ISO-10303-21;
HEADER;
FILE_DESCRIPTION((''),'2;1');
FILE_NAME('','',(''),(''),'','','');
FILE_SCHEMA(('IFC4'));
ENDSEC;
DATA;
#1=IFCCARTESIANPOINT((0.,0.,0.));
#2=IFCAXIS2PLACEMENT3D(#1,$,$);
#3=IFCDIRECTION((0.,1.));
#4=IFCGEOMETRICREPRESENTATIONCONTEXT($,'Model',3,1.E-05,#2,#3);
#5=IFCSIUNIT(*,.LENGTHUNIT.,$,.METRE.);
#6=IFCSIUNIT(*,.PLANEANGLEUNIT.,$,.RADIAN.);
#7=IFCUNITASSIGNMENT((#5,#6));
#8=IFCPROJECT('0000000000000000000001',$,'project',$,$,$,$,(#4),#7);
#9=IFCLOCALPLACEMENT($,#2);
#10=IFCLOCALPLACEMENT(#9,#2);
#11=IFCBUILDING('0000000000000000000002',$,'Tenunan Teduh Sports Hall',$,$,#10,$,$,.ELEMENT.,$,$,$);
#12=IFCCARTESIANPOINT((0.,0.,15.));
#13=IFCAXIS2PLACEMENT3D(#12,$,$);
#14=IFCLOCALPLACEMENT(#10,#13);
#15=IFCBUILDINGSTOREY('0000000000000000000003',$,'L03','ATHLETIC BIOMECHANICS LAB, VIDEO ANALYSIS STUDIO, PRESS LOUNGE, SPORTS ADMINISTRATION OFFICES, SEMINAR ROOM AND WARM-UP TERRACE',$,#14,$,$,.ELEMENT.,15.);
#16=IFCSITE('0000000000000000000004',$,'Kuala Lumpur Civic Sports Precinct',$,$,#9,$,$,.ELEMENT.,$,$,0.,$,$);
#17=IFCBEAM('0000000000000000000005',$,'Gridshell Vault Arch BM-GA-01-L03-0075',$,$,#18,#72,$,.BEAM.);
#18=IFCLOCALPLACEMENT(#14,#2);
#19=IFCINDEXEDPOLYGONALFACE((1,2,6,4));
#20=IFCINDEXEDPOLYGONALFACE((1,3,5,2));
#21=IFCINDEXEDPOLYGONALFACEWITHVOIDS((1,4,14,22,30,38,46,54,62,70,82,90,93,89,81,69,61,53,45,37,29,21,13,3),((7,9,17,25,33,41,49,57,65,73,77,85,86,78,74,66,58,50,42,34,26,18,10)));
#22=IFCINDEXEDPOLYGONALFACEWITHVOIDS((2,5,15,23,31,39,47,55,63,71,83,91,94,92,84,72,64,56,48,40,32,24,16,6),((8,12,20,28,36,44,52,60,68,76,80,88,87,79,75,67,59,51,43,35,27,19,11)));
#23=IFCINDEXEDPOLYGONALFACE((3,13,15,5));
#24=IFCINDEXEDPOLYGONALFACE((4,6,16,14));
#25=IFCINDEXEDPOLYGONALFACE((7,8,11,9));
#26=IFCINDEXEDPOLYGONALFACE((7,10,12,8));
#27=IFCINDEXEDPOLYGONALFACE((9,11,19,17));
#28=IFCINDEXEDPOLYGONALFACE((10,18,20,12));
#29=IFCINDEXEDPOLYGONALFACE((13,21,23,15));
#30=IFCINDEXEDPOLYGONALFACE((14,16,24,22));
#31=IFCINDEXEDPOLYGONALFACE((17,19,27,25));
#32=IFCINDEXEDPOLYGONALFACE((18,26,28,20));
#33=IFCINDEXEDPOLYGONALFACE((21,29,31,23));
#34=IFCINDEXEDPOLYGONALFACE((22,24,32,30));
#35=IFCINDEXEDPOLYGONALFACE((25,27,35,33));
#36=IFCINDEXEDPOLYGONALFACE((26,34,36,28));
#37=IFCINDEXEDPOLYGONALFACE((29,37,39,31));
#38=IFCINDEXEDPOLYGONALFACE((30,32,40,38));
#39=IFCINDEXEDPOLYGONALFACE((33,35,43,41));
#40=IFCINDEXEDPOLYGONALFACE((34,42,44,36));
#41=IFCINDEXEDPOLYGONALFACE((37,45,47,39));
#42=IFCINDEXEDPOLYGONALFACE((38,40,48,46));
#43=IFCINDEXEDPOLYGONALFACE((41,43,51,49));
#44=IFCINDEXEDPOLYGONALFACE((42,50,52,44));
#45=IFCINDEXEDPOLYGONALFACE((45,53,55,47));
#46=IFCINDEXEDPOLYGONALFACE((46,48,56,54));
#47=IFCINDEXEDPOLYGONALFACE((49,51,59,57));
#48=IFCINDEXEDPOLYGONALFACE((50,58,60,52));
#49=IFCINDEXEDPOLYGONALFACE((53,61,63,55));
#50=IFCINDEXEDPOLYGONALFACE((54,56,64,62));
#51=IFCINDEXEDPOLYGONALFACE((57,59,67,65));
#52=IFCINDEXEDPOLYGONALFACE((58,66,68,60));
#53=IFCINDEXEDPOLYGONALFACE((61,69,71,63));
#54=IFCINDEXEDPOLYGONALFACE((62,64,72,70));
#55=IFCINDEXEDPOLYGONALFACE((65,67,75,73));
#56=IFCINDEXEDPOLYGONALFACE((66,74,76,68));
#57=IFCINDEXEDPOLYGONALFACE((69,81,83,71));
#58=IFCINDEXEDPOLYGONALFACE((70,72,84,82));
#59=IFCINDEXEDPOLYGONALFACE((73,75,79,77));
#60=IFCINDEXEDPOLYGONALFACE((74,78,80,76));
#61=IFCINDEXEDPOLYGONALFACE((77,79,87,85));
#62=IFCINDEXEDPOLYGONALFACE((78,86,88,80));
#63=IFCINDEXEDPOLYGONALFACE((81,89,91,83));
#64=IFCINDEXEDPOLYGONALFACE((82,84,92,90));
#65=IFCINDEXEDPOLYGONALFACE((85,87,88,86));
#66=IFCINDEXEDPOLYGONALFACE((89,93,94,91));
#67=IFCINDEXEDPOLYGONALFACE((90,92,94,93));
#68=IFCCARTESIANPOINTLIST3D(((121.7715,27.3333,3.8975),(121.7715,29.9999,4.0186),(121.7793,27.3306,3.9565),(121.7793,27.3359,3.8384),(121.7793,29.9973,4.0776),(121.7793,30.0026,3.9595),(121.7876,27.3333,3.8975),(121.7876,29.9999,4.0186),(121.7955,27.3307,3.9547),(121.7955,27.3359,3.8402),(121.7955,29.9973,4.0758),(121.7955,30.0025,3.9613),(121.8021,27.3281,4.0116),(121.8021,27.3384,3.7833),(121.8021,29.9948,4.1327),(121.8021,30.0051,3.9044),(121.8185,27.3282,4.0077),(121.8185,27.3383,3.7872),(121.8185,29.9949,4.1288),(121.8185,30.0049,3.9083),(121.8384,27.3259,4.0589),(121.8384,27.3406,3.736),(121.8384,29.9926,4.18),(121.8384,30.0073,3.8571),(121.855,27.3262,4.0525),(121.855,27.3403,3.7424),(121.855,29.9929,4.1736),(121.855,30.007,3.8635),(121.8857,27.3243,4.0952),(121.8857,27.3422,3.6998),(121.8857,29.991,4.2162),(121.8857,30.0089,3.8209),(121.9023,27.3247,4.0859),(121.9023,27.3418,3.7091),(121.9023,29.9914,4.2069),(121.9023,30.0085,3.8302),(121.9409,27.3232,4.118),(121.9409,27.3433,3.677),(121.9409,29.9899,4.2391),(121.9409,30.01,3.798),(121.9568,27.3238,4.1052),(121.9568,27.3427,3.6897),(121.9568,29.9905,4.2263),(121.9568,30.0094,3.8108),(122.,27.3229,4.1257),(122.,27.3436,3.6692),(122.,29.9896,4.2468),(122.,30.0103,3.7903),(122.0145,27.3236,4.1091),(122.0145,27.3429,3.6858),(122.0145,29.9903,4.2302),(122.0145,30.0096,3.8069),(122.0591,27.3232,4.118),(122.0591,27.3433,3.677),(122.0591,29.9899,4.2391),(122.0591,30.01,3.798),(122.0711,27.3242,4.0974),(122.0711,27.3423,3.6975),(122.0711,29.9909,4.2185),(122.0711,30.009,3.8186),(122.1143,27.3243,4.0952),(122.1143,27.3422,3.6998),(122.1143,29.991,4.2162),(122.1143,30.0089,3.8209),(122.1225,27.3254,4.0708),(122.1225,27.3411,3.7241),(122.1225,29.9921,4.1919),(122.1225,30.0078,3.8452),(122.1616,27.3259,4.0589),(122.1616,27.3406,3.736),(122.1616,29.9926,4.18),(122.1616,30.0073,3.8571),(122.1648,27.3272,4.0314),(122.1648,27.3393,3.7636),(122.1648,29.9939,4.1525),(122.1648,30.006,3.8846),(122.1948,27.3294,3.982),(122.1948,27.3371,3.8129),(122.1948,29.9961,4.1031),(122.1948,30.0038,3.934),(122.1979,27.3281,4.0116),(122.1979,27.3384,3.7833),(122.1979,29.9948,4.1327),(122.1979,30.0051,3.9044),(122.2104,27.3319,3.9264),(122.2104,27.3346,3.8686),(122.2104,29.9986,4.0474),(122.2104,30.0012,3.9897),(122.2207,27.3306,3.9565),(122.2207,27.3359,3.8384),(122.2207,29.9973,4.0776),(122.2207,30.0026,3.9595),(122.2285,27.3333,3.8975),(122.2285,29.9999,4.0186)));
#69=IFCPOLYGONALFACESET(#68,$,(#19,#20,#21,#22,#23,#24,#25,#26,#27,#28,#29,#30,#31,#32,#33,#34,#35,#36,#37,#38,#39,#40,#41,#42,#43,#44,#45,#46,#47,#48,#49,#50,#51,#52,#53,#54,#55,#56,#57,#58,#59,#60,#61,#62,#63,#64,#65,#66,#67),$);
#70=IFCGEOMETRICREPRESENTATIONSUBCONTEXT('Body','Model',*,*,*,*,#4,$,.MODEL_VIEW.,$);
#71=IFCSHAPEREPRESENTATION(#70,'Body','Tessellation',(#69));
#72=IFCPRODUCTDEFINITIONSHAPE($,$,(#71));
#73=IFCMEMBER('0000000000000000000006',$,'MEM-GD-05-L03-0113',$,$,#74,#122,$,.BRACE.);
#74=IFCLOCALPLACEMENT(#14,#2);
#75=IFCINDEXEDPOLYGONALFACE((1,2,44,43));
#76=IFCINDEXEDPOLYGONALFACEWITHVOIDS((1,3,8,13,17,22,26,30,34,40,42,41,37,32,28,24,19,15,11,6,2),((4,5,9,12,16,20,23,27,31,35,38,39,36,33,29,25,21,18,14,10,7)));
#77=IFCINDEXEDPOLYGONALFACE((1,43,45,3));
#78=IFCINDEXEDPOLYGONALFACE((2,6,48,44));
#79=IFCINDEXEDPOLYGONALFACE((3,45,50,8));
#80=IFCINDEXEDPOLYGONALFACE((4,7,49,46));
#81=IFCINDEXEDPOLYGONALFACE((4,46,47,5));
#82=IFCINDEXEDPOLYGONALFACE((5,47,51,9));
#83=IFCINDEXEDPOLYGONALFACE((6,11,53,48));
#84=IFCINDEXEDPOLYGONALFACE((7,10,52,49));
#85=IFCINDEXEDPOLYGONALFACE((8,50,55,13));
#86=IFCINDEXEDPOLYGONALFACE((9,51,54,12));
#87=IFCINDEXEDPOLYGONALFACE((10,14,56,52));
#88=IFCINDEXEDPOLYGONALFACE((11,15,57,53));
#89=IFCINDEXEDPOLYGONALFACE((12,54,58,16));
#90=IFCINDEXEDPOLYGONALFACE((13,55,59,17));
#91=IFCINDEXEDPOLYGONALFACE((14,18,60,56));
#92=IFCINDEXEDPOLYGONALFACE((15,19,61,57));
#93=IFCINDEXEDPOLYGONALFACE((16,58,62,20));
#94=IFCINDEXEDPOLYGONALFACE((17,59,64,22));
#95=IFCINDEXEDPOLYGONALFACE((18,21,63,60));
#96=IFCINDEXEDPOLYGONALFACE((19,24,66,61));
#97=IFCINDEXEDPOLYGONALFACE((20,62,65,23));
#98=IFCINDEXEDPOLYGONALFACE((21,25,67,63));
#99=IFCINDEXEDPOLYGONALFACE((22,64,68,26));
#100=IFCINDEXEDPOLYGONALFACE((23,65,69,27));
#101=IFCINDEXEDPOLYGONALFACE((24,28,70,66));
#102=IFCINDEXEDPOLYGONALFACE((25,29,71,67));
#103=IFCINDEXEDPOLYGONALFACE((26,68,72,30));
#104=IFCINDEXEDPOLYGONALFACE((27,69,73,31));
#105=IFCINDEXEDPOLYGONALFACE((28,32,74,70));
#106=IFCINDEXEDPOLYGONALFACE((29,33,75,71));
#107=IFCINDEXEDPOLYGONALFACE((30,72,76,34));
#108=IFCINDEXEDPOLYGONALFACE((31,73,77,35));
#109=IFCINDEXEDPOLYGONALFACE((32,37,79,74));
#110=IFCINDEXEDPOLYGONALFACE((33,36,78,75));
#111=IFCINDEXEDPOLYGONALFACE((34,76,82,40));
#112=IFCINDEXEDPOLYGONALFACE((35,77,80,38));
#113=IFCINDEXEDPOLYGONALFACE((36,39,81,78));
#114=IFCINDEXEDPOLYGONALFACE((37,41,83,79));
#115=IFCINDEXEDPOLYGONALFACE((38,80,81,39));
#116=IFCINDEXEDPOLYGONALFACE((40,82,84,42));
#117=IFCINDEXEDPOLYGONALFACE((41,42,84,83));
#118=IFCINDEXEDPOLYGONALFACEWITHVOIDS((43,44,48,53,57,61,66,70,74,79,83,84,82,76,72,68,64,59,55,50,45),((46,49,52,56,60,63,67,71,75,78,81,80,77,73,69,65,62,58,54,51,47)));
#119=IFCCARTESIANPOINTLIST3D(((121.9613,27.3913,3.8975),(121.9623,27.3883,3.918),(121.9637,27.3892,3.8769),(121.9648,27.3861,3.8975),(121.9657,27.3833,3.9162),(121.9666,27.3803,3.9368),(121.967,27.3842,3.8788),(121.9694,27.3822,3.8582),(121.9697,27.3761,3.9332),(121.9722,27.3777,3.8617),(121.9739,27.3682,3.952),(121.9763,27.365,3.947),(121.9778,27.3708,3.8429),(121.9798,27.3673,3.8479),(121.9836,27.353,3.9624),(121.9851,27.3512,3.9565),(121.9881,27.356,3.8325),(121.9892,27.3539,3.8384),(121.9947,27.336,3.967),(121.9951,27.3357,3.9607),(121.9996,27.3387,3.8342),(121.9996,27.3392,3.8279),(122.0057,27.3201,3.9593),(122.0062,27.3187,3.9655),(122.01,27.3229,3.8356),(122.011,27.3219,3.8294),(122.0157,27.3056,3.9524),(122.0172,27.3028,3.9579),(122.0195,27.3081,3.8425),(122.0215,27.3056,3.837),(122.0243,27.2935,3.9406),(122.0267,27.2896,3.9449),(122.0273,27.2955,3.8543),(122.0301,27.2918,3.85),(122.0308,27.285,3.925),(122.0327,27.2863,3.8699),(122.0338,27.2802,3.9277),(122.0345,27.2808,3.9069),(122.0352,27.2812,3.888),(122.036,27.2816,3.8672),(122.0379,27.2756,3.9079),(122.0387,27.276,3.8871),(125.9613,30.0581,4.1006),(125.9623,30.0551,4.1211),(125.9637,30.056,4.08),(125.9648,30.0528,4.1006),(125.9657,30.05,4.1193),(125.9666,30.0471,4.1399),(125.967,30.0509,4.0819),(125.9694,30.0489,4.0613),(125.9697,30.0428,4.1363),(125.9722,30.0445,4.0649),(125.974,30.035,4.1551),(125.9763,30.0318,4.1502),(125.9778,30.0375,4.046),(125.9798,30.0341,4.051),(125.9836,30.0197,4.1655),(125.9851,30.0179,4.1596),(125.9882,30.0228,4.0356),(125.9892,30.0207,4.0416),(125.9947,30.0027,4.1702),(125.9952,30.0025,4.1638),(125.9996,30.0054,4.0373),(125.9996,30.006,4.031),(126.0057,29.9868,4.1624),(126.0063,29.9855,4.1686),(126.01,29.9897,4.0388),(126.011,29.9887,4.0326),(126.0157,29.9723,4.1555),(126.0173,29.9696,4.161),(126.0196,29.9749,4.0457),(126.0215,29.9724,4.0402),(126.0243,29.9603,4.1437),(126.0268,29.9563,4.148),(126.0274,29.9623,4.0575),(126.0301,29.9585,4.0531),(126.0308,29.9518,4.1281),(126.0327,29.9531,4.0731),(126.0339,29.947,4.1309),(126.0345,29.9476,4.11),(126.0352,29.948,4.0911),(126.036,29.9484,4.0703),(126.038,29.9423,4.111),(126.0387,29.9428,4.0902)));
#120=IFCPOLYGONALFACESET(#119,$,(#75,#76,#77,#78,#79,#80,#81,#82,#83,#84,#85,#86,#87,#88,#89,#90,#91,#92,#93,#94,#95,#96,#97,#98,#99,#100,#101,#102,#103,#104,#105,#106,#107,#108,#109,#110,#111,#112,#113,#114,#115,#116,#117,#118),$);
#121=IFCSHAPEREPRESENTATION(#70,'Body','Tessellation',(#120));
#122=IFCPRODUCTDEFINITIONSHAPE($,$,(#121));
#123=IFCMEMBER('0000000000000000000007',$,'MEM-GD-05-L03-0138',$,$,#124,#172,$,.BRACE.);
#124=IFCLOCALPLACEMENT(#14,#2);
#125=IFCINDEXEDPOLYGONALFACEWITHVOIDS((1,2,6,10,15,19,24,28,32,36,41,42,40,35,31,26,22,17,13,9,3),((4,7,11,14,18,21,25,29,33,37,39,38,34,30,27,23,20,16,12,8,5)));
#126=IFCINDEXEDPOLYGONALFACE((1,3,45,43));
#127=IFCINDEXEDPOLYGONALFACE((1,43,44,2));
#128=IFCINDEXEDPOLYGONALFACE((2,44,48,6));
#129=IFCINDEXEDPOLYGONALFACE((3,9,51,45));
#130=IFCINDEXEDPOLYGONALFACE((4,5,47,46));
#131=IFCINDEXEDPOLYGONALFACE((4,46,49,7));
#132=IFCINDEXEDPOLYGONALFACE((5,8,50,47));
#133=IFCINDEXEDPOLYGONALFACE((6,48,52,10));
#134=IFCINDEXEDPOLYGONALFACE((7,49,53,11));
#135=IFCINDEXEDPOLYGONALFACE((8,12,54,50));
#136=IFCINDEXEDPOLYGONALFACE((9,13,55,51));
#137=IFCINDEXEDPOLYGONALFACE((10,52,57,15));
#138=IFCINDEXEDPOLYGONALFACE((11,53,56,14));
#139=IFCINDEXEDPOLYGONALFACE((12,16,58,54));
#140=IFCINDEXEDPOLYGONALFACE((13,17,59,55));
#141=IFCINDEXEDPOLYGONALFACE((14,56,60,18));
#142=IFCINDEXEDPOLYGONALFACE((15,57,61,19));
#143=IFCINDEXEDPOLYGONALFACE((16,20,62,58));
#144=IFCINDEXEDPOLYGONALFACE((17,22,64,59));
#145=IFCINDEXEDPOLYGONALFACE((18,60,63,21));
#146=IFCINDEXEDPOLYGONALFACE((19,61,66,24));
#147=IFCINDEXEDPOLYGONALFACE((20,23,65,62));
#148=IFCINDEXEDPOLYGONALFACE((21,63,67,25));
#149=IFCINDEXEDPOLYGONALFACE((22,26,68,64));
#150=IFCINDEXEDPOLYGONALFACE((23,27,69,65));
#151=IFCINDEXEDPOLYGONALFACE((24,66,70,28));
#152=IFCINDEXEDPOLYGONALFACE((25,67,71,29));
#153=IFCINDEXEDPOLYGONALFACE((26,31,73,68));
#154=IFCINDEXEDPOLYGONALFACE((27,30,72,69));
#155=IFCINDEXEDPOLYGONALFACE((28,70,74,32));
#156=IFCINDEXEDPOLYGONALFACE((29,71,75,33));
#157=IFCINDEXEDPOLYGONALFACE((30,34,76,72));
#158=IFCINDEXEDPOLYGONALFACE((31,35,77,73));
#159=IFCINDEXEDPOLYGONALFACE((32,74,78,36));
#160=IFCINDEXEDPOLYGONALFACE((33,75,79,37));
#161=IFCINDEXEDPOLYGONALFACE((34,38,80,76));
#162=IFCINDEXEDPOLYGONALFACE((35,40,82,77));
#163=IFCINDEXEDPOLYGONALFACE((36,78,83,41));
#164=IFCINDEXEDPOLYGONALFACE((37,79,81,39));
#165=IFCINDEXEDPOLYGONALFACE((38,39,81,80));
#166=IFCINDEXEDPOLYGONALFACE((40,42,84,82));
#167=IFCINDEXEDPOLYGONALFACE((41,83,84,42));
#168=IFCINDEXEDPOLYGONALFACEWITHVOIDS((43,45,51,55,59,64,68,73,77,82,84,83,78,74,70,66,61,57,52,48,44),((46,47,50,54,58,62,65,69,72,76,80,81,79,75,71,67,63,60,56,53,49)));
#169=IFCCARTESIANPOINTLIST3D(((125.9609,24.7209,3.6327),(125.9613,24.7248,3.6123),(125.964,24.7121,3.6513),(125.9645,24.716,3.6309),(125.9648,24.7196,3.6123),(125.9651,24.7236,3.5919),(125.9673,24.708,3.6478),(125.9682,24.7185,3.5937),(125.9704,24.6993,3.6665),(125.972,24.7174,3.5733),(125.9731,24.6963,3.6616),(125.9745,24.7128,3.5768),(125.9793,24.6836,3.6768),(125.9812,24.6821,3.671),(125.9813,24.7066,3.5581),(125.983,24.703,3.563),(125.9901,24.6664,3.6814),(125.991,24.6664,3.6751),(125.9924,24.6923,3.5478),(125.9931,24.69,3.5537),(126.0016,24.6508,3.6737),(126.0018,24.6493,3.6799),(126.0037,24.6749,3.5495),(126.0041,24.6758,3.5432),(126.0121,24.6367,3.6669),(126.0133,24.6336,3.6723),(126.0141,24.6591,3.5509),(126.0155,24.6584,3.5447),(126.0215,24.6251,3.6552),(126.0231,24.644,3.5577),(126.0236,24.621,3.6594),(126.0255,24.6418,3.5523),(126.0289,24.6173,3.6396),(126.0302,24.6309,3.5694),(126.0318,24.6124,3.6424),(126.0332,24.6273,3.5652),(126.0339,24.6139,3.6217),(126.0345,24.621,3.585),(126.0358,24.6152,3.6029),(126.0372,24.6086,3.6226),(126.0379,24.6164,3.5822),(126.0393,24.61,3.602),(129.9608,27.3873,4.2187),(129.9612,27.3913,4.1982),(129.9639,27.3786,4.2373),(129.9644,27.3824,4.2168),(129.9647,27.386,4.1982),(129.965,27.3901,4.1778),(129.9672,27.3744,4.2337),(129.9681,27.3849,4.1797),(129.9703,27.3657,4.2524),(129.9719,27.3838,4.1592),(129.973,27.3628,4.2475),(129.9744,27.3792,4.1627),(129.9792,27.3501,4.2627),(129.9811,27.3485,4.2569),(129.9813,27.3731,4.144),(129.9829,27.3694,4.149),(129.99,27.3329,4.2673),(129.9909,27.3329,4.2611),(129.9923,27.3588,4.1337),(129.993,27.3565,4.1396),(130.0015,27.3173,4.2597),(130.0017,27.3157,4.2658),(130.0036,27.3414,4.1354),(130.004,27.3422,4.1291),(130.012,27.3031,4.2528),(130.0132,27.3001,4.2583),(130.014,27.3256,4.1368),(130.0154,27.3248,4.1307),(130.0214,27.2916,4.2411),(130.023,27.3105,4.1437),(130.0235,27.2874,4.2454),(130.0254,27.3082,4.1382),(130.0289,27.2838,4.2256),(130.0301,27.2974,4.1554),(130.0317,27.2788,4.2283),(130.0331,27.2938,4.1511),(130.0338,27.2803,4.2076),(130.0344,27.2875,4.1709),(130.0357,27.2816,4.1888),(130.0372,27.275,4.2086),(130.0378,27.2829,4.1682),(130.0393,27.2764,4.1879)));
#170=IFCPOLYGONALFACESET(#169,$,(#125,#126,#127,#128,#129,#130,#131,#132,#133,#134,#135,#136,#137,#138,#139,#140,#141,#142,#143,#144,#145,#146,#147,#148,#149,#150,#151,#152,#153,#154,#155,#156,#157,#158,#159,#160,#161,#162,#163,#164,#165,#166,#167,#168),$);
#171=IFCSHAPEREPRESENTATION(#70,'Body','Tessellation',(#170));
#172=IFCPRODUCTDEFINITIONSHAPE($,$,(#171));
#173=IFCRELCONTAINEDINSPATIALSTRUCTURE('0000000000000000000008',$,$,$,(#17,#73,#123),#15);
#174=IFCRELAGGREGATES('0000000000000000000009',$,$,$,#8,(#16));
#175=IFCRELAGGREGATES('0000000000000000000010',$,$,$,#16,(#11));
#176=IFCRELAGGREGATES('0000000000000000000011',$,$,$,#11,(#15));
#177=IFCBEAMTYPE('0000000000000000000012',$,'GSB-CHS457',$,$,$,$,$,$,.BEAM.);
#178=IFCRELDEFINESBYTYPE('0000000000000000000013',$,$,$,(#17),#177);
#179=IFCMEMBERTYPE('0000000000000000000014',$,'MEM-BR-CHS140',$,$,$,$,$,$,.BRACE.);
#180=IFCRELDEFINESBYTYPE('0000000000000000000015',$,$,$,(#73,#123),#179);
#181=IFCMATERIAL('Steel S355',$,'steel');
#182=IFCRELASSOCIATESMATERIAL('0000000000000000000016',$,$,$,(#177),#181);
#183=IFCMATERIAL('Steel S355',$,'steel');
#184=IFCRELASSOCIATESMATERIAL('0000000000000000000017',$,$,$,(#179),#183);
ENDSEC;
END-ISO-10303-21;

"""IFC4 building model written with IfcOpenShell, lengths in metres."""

from ifc_helpers import new_model, si_unit, direction, frame, origin, origin_2d, place, context, subcontext, project, spatial, hollow_circle, extrude, material, material_profile, profile_set, type_object, element, save


model = new_model("IFC4")

# Units and contexts
model_context = context("Model", 3, precision=1e-05, world=origin(), true_north=direction((0.0, 1.0)))
body_context = subcontext(model_context, "Body", "Model", "MODEL_VIEW")
ifc_project = project(units=[si_unit("LENGTHUNIT", "METRE"), si_unit("PLANEANGLEUNIT", "RADIAN")], contexts=[model_context])

# Site, building, storey
site_placement = place(None, origin())
site = spatial("IfcSite", under=ifc_project, at=site_placement, Name="Kuala Lumpur Civic Sports Precinct", CompositionType="ELEMENT", RefElevation=0.0)
building_placement = place(site_placement, origin())
building = spatial("IfcBuilding", under=site, at=building_placement, Name="Tenunan Teduh Sports Hall", CompositionType="ELEMENT")
storey_placement = place(building_placement, frame((0.0, 0.0, 15.0)))
storey = spatial("IfcBuildingStorey", under=building, at=storey_placement, Name="L03", Description="ATHLETIC BIOMECHANICS LAB, VIDEO ANALYSIS STUDIO, PRESS LOUNGE, SPORTS ADMINISTRATION OFFICES, SEMINAR ROOM AND WARM-UP TERRACE", CompositionType="ELEMENT", Elevation=15.0)

# Beam
ifc_material_1 = material(Name="Steel S355", Category="steel")
ifc_material_profile_1 = material_profile(ifc_material_1, hollow_circle(Radius=0.2285, WallThickness=0.0161, at=origin_2d()), Name="CHS 457.0x16.0")
ifc_profile_set_1 = profile_set([ifc_material_profile_1], Name="Steel S355")
beam_type_1 = type_object("IfcBeamType", Name="GSB-CHS457", PredefinedType="BEAM", material=ifc_profile_set_1)
beam_1_placement = place(storey_placement, frame((122.0, 27.3333, 3.8975), z_axis=(0.0, 0.998971, 0.045362), x_axis=(-1.0, 0.0, 0.0)))
element("IfcBeam", 1, at=beam_1_placement, inside=storey, type_object=beam_type_1, Name="Gridshell Vault Arch BM-GA-01-L03-0075", PredefinedType="BEAM", context=body_context, shape_type="SweptSolid", body=[
    extrude(hollow_circle(Radius=0.2285, WallThickness=0.0161, at=origin_2d()), origin(), (0.0, 0.0, 1.0), 2.6694),
])

# Members
ifc_material_2 = material(Name="Steel S355", Category="steel")
ifc_material_profile_2 = material_profile(ifc_material_2, hollow_circle(Radius=0.0698, WallThickness=0.0063, at=origin_2d()), Name="CHS 139.7x6.3")
ifc_profile_set_2 = profile_set([ifc_material_profile_2], Name="Steel S355")
member_type_1 = type_object("IfcMemberType", Name="MEM-BR-CHS140", PredefinedType="BRACE", material=ifc_profile_set_2)
member_1_placement = place(storey_placement, frame((122.0, 27.3333, 3.8975), z_axis=(0.831301, 0.554217, 0.042214), x_axis=(-0.554712, 0.832042, 0.0)))
element("IfcMember", 2, at=member_1_placement, inside=storey, type_object=member_type_1, Name="MEM-GD-05-L03-0113", PredefinedType="BRACE", context=body_context, shape_type="SweptSolid", body=[
    extrude(hollow_circle(Radius=0.0698, WallThickness=0.0063, at=origin_2d()), origin(), (0.0, 0.0, 1.0), 4.8118),
])
member_2_placement = place(storey_placement, frame((126.0, 24.6667, 3.6123), z_axis=(0.825953, 0.550602, 0.120989), x_axis=(-0.554677, 0.832066, 0.0)))
element("IfcMember", 3, at=member_2_placement, inside=storey, type_object=member_type_1, Name="MEM-GD-05-L03-0138", PredefinedType="BRACE", context=body_context, shape_type="SweptSolid", body=[
    extrude(hollow_circle(Radius=0.0698, WallThickness=0.0063, at=origin_2d()), origin(), (0.0, 0.0, 1.0), 4.8428),
])

save(model, "model.ifc")
